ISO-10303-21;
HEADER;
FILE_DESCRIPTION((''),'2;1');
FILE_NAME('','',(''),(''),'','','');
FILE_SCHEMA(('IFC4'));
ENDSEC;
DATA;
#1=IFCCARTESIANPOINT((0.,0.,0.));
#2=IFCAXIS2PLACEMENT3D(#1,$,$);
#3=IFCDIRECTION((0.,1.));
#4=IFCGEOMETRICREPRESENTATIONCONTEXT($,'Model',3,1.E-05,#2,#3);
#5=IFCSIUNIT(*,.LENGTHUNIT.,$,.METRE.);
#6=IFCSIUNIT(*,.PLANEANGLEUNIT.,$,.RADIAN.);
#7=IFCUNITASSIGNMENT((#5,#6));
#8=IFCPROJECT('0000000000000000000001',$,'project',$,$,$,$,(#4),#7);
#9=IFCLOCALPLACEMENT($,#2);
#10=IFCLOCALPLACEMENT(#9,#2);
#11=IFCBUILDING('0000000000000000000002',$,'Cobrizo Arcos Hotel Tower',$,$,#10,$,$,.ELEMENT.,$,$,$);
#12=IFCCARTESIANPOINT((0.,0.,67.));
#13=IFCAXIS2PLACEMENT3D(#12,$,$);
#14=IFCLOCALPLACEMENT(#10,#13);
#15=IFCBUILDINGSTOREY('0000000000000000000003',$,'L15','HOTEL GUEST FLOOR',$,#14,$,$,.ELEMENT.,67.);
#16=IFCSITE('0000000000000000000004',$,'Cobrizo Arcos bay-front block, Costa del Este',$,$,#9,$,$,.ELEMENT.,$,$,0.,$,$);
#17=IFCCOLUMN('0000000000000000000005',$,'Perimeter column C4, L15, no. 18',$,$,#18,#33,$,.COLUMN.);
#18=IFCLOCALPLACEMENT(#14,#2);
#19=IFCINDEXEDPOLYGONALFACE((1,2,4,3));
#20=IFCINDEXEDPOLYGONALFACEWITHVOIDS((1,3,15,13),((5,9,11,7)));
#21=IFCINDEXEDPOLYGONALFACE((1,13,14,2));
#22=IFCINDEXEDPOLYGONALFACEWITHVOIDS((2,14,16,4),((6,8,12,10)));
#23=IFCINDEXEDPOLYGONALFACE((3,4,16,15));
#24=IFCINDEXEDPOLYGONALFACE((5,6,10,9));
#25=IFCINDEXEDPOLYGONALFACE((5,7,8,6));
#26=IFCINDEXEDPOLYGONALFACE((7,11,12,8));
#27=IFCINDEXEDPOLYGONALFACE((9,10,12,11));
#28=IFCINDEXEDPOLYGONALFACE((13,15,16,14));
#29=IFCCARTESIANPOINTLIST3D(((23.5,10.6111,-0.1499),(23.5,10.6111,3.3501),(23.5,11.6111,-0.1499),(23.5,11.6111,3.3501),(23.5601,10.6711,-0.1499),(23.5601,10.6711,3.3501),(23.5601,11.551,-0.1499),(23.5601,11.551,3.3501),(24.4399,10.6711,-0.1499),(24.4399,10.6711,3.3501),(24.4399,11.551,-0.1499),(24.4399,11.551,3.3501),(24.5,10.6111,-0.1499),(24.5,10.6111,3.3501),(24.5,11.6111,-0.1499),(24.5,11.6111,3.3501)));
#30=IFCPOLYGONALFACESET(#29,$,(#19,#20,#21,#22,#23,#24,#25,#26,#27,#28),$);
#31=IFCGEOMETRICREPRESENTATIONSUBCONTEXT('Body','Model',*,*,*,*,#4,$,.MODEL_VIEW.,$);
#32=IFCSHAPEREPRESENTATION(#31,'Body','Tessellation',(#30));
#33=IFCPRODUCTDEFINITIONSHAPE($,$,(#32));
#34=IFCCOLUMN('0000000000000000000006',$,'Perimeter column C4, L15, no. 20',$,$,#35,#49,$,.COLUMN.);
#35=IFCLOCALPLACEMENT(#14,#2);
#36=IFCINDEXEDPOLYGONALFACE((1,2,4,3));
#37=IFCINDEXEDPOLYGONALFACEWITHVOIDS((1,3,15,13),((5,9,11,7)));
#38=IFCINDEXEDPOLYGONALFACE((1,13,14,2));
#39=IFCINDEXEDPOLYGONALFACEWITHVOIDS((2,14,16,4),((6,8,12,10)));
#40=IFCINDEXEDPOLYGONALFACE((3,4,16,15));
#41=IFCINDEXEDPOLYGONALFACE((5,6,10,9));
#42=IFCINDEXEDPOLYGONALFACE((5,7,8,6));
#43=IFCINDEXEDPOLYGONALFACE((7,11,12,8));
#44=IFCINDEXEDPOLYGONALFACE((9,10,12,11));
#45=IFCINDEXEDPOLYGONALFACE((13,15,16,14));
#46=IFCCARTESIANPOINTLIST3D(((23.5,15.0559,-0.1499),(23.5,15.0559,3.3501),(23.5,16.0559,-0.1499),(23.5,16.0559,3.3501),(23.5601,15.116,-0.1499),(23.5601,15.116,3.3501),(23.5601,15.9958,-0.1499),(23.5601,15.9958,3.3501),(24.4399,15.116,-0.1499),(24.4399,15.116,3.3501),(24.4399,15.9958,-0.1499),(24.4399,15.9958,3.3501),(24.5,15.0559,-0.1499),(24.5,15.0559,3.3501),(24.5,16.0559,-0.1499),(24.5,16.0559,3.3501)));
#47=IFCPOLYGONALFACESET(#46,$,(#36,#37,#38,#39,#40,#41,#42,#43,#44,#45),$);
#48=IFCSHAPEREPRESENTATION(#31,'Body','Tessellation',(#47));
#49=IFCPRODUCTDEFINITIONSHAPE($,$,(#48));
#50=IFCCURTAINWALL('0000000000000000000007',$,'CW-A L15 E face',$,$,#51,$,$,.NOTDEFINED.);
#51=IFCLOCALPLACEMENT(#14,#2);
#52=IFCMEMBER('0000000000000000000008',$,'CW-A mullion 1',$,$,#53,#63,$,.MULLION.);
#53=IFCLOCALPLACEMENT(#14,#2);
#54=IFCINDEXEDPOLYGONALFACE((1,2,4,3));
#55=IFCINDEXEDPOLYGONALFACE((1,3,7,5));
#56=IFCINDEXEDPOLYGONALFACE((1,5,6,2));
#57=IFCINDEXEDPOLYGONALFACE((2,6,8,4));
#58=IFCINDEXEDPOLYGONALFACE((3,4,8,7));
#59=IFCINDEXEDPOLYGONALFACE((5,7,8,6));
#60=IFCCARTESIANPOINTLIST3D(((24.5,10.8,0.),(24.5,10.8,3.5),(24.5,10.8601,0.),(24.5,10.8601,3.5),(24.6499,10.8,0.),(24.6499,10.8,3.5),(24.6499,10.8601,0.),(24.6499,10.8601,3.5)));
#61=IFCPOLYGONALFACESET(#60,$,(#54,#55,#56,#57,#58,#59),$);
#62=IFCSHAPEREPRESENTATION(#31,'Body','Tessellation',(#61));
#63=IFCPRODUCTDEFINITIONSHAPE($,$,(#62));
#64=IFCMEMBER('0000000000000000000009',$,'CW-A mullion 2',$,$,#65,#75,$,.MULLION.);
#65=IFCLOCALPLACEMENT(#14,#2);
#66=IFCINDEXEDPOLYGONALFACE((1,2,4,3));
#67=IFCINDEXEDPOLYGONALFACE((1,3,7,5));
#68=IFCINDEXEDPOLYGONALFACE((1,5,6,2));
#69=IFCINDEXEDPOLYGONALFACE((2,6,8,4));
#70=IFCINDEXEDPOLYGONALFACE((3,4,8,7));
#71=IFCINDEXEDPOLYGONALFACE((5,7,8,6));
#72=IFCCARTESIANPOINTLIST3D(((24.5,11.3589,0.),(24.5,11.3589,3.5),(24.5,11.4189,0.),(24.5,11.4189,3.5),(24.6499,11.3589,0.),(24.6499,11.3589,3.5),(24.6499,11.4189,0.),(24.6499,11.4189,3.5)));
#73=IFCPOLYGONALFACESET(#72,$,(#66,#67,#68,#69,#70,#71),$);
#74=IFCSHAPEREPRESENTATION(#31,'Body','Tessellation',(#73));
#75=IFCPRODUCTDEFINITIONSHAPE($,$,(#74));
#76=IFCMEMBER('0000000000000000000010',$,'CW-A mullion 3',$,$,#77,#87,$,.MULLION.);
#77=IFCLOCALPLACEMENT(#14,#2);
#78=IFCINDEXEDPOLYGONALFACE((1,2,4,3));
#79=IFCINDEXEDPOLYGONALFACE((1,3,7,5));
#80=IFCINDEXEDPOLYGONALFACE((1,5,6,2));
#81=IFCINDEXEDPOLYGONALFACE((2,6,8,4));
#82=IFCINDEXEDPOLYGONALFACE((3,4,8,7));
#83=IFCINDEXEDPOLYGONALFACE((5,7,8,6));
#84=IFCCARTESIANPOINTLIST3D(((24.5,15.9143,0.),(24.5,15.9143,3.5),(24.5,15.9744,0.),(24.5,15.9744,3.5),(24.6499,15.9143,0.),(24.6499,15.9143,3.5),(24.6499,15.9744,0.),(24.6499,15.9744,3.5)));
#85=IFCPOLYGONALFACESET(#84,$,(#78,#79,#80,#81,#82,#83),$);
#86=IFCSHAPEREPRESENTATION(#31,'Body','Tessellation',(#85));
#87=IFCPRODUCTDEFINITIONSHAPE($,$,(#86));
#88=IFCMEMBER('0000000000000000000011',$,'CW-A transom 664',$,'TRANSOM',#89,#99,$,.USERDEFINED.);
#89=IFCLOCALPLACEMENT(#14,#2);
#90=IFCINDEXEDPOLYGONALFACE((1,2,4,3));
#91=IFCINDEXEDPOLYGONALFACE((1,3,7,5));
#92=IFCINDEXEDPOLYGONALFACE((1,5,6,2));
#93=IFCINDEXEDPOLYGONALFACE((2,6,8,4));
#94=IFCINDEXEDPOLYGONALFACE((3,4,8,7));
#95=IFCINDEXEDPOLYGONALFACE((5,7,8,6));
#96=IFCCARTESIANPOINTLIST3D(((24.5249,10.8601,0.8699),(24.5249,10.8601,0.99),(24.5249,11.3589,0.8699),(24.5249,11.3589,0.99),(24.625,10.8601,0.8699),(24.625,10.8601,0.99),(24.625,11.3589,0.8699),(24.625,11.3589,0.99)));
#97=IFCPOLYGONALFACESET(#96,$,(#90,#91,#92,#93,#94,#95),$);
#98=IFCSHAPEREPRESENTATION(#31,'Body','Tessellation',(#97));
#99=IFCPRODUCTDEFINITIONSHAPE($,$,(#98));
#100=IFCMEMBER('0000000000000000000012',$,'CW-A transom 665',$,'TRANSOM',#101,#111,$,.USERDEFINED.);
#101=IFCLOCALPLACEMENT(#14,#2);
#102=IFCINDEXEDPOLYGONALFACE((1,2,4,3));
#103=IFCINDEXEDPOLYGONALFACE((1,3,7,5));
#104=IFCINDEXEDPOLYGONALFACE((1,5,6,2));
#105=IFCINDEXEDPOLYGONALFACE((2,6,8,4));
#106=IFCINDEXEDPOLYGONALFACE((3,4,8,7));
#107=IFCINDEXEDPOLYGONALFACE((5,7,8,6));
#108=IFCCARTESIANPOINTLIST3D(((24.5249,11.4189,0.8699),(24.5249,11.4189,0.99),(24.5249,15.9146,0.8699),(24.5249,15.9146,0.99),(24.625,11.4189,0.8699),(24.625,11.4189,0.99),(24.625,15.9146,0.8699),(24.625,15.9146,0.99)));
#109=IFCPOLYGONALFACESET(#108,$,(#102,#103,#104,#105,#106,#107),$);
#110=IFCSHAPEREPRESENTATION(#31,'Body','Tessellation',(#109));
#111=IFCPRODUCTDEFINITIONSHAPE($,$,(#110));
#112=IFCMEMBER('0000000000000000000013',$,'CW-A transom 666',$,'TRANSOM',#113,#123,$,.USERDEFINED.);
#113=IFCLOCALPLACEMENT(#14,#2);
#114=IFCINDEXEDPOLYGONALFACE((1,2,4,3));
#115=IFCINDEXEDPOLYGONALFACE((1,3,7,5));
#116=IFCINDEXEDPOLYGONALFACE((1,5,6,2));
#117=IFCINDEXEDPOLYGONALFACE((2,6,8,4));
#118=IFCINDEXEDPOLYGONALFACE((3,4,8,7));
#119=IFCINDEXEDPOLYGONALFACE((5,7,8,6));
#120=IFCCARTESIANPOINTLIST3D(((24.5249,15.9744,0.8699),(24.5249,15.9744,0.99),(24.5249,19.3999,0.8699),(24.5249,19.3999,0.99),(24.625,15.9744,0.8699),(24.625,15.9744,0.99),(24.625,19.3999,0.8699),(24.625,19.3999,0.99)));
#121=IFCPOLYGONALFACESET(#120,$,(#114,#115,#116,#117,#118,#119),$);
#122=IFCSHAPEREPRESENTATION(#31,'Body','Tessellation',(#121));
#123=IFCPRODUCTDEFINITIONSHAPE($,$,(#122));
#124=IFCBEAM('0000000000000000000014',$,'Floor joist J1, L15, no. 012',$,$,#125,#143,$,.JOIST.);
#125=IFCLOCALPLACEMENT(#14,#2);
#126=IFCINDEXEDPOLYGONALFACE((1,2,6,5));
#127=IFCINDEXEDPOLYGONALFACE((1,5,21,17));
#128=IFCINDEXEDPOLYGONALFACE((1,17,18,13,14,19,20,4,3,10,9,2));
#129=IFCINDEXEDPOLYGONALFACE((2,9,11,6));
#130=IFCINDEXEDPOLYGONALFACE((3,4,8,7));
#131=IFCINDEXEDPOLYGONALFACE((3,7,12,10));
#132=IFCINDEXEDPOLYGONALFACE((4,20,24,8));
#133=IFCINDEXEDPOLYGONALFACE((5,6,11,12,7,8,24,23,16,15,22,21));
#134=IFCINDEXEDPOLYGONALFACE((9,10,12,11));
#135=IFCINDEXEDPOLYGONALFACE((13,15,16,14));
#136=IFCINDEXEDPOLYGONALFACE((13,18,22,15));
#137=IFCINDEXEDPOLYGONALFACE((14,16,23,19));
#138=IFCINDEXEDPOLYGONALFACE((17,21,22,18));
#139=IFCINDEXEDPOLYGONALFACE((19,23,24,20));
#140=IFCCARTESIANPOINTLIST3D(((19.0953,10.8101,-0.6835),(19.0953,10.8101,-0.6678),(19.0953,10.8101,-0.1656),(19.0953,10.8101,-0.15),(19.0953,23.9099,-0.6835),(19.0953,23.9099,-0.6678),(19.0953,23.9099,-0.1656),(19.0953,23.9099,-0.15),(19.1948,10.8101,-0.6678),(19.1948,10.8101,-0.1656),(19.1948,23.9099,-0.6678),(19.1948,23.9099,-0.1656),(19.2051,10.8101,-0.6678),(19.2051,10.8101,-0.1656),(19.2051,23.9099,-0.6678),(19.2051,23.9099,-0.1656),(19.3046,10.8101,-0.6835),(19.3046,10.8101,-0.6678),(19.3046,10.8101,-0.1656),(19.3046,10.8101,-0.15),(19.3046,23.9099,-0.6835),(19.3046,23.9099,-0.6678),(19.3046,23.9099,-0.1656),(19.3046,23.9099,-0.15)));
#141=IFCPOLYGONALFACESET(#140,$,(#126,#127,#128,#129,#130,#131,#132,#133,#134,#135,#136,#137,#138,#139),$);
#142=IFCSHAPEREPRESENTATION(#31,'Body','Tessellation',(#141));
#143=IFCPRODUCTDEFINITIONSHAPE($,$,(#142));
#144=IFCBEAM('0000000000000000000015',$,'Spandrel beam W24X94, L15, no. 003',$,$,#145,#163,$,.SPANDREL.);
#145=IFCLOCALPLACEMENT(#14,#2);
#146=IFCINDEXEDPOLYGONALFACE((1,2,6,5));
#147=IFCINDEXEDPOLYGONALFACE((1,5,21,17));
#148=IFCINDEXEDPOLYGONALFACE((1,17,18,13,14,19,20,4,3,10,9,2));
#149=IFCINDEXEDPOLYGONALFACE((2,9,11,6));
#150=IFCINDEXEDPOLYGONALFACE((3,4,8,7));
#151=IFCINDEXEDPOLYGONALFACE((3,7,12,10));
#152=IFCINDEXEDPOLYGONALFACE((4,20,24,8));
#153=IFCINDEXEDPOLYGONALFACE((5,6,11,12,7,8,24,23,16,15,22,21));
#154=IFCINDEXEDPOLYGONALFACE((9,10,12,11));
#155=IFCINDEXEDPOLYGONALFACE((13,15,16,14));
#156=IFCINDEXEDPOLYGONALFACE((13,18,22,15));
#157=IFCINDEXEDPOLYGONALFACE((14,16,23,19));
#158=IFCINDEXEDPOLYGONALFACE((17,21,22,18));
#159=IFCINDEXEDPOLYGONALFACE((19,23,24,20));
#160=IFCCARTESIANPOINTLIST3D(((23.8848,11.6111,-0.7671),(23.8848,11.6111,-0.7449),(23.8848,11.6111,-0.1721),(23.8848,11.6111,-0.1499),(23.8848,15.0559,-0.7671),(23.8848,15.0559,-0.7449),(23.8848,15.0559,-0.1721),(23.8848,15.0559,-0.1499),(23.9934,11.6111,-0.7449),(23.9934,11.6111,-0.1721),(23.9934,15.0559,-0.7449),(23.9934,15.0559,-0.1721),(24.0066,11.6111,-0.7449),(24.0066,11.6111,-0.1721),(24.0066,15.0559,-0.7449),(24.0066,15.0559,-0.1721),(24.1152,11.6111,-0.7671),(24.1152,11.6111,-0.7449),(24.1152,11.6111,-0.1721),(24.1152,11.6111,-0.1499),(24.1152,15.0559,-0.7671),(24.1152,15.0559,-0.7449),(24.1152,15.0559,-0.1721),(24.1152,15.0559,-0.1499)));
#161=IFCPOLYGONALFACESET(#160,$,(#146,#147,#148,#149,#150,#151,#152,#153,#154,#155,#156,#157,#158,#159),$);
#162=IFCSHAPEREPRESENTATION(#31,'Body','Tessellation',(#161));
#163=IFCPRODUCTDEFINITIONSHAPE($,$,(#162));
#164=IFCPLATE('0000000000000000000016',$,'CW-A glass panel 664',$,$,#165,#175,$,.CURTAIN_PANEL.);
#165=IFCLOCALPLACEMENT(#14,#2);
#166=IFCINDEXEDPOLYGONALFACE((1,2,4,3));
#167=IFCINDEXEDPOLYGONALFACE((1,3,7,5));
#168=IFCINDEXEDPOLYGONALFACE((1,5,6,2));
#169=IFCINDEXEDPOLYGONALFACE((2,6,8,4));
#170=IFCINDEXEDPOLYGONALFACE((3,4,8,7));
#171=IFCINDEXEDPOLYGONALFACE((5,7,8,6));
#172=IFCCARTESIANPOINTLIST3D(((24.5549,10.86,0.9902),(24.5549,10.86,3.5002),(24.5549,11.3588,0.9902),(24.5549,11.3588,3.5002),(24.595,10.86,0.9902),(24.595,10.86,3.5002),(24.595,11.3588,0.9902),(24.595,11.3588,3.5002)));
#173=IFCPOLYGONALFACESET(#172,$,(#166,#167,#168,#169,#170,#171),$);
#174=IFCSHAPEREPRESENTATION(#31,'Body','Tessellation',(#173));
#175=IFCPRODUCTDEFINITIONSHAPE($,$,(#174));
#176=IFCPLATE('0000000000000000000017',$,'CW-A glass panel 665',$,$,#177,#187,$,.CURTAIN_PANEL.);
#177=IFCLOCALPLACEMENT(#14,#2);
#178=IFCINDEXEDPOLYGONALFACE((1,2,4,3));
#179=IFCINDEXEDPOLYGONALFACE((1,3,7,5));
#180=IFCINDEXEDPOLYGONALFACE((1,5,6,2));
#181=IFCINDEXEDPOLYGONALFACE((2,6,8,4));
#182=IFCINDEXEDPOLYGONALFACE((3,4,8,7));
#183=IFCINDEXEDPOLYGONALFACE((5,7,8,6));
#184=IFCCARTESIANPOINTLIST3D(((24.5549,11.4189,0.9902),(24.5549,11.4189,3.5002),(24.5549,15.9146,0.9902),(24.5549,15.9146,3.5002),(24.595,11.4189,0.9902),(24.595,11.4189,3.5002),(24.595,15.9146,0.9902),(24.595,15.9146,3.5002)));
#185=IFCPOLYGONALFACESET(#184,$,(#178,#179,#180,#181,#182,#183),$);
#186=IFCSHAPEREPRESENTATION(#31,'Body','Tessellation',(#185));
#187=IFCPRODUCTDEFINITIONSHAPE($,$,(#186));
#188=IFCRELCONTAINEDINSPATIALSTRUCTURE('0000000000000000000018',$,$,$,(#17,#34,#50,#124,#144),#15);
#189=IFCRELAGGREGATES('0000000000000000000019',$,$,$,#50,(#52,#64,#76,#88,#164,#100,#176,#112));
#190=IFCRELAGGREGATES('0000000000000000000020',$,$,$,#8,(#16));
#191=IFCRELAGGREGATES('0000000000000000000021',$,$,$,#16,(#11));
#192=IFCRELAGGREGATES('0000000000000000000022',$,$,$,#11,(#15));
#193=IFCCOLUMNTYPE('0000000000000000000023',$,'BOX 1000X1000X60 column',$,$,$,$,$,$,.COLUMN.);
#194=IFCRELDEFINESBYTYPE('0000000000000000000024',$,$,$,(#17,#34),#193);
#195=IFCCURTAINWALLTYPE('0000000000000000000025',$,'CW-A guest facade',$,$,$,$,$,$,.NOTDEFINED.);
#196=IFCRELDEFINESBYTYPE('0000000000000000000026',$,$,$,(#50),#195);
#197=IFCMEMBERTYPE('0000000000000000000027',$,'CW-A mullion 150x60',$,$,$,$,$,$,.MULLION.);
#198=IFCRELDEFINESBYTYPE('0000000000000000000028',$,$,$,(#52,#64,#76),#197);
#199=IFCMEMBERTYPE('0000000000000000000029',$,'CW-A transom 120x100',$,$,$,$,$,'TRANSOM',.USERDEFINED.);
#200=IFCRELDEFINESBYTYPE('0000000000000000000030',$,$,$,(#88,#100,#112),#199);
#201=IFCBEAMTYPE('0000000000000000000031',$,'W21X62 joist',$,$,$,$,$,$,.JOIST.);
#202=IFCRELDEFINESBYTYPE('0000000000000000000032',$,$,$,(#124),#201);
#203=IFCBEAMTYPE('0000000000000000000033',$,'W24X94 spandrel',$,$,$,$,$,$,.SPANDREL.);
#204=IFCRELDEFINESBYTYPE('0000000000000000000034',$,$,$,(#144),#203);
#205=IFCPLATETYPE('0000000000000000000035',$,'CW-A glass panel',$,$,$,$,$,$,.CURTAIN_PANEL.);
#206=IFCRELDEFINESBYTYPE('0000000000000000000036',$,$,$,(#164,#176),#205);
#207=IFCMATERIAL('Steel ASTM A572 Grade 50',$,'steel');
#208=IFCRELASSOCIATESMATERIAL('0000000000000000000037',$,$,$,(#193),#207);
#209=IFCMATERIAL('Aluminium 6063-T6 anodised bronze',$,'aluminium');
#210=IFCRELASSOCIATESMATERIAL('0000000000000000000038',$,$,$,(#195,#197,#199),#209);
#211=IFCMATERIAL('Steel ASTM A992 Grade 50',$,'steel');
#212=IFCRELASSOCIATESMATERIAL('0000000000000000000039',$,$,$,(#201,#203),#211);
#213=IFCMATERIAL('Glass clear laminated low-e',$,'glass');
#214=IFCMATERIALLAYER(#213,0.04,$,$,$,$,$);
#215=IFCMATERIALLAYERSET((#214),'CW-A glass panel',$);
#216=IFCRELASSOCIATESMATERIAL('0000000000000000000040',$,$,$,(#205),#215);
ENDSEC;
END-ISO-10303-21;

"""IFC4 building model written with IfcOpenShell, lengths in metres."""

from ifc_helpers import new_model, si_unit, direction, frame, origin, origin_2d, place, context, subcontext, project, spatial, rectangle, hollow_rectangle, i_section, extrude, material, layer, layer_set, material_profile, profile_set, type_object, element, aggregate, save


model = new_model("IFC4")

# Units and contexts
model_context = context("Model", 3, precision=1e-05, world=origin(), true_north=direction((0.0, 1.0)))
body_context = subcontext(model_context, "Body", "Model", "MODEL_VIEW")
ifc_project = project(units=[si_unit("LENGTHUNIT", "METRE"), si_unit("PLANEANGLEUNIT", "RADIAN")], contexts=[model_context])

# Site, building, storey
site_placement = place(None, origin())
site = spatial("IfcSite", under=ifc_project, at=site_placement, Name="Cobrizo Arcos bay-front block, Costa del Este", CompositionType="ELEMENT", RefElevation=0.0)
building_placement = place(site_placement, origin())
building = spatial("IfcBuilding", under=site, at=building_placement, Name="Cobrizo Arcos Hotel Tower", CompositionType="ELEMENT")
storey_placement = place(building_placement, frame((0.0, 0.0, 67.0)))
storey = spatial("IfcBuildingStorey", under=building, at=storey_placement, Name="L15", Description="HOTEL GUEST FLOOR", CompositionType="ELEMENT", Elevation=67.0)

# Columns
ifc_material_1 = material(Name="Steel ASTM A572 Grade 50", Category="steel")
ifc_material_profile_1 = material_profile(ifc_material_1, hollow_rectangle(XDim=1.0, YDim=1.0, WallThickness=0.0601, at=origin_2d()), Name="BOX 1000X1000X60")
ifc_profile_set_1 = profile_set([ifc_material_profile_1], Name="Steel ASTM A572 Grade 50")
column_type = type_object("IfcColumnType", Name="BOX 1000X1000X60 column", PredefinedType="COLUMN", material=ifc_profile_set_1)
for number, where, z_axis, x_axis, name in (
    (1, (24.0, 11.1111, -0.1499), (0.0, 0.0, 1.0), (1.0, 0.0, 0.0), "Perimeter column C4, L15, no. 18"),
    (2, (24.0, 15.5559, -0.1499), (0.0, 0.0, 1.0), (1.0, 0.0, 0.0), "Perimeter column C4, L15, no. 20"),
):
    element("IfcColumn", number, at=place(storey_placement, frame(where, z_axis=z_axis, x_axis=x_axis)), inside=storey, type_object=column_type, Name=name, PredefinedType="COLUMN", context=body_context, shape_type="SweptSolid", body=[
        extrude(hollow_rectangle(XDim=1.0, YDim=1.0, WallThickness=0.0601, at=origin_2d()), origin(), (0.0, 0.0, 1.0), 3.5),
    ])

# Curtain wall, members
ifc_material_2 = material(Name="Aluminium 6063-T6 anodised bronze", Category="aluminium")
curtain_wall_type = type_object("IfcCurtainWallType", Name="CW-A guest facade", PredefinedType="NOTDEFINED", material=ifc_material_2)
curtain_wall_placement = place(storey_placement, origin())
curtain_wall = element("IfcCurtainWall", 3, at=curtain_wall_placement, inside=storey, type_object=curtain_wall_type, Name="CW-A L15 E face", PredefinedType="NOTDEFINED")
ifc_material_profile_2 = material_profile(ifc_material_2, rectangle(XDim=0.1499, YDim=0.0601, at=origin_2d()), Name="CW-A mullion 150x60")
ifc_profile_set_2 = profile_set([ifc_material_profile_2], Name="Aluminium 6063-T6 anodised bronze")
member_type_1 = type_object("IfcMemberType", Name="CW-A mullion 150x60", PredefinedType="MULLION", material=ifc_profile_set_2)
member_1_placement = place(storey_placement, frame((24.575, 10.8301, 0.0), z_axis=(0.0, 0.0, 1.0), x_axis=(1.0, 0.0, 0.0)))
member_1 = element("IfcMember", 4, at=member_1_placement, type_object=member_type_1, Name="CW-A mullion 1", PredefinedType="MULLION", context=body_context, shape_type="SweptSolid", body=[
    extrude(rectangle(XDim=0.1499, YDim=0.0601, at=origin_2d()), origin(), (0.0, 0.0, 1.0), 3.5),
])
member_2_placement = place(storey_placement, frame((24.575, 11.3889, 0.0), z_axis=(0.0, 0.0, 1.0), x_axis=(1.0, 0.0, 0.0)))
member_2 = element("IfcMember", 5, at=member_2_placement, type_object=member_type_1, Name="CW-A mullion 2", PredefinedType="MULLION", context=body_context, shape_type="SweptSolid", body=[
    extrude(rectangle(XDim=0.1499, YDim=0.0601, at=origin_2d()), origin(), (0.0, 0.0, 1.0), 3.5),
])
member_3_placement = place(storey_placement, frame((24.575, 15.9443, 0.0), z_axis=(0.0, 0.0, 1.0), x_axis=(1.0, 0.0, 0.0)))
member_3 = element("IfcMember", 6, at=member_3_placement, type_object=member_type_1, Name="CW-A mullion 3", PredefinedType="MULLION", context=body_context, shape_type="SweptSolid", body=[
    extrude(rectangle(XDim=0.1499, YDim=0.0601, at=origin_2d()), origin(), (0.0, 0.0, 1.0), 3.5),
])
ifc_material_profile_3 = material_profile(ifc_material_2, rectangle(XDim=0.1001, YDim=0.1201, at=origin_2d()), Name="CW-A transom 120x100")
ifc_profile_set_3 = profile_set([ifc_material_profile_3], Name="Aluminium 6063-T6 anodised bronze")
member_type_2 = type_object("IfcMemberType", Name="CW-A transom 120x100", ElementType="TRANSOM", PredefinedType="USERDEFINED", material=ifc_profile_set_3)
member_4_placement = place(storey_placement, frame((24.575, 10.8601, 0.9299), z_axis=(0.0, 1.0, 0.0), x_axis=(-1.0, 0.0, 0.0)))
member_4 = element("IfcMember", 7, at=member_4_placement, type_object=member_type_2, Name="CW-A transom 664", ObjectType="TRANSOM", PredefinedType="USERDEFINED", context=body_context, shape_type="SweptSolid", body=[
    extrude(rectangle(XDim=0.1001, YDim=0.1201, at=origin_2d()), origin(), (0.0, 0.0, 1.0), 0.4988),
])
member_5_placement = place(storey_placement, frame((24.575, 11.4189, 0.9299), z_axis=(0.0, 1.0, 0.0), x_axis=(-1.0, 0.0, 0.0)))
member_5 = element("IfcMember", 8, at=member_5_placement, type_object=member_type_2, Name="CW-A transom 665", ObjectType="TRANSOM", PredefinedType="USERDEFINED", context=body_context, shape_type="SweptSolid", body=[
    extrude(rectangle(XDim=0.1001, YDim=0.1201, at=origin_2d()), origin(), (0.0, 0.0, 1.0), 4.4956),
])
member_6_placement = place(storey_placement, frame((24.575, 15.9744, 0.9299), z_axis=(0.0, 1.0, 0.0), x_axis=(-1.0, 0.0, 0.0)))
member_6 = element("IfcMember", 9, at=member_6_placement, type_object=member_type_2, Name="CW-A transom 666", ObjectType="TRANSOM", PredefinedType="USERDEFINED", context=body_context, shape_type="SweptSolid", body=[
    extrude(rectangle(XDim=0.1001, YDim=0.1201, at=origin_2d()), origin(), (0.0, 0.0, 1.0), 3.4255),
])

# Beams
ifc_material_3 = material(Name="Steel ASTM A992 Grade 50", Category="steel")
ifc_material_profile_4 = material_profile(ifc_material_3, i_section(OverallWidth=0.2092, OverallDepth=0.5334, WebThickness=0.0103, FlangeThickness=0.0156, at=origin_2d()), Name="W21X62")
ifc_profile_set_4 = profile_set([ifc_material_profile_4], Name="Steel ASTM A992 Grade 50")
beam_type_1 = type_object("IfcBeamType", Name="W21X62 joist", PredefinedType="JOIST", material=ifc_profile_set_4)
beam_1_placement = place(storey_placement, frame((19.2, 10.8101, -0.4167), z_axis=(0.0, 1.0, 0.0), x_axis=(-1.0, 0.0, 0.0)))
element("IfcBeam", 10, at=beam_1_placement, inside=storey, type_object=beam_type_1, Name="Floor joist J1, L15, no. 012", PredefinedType="JOIST", context=body_context, shape_type="SweptSolid", body=[
    extrude(i_section(OverallWidth=0.2092, OverallDepth=0.5334, WebThickness=0.0103, FlangeThickness=0.0156, at=origin_2d()), origin(), (0.0, 0.0, 1.0), 13.0999),
])
ifc_material_profile_5 = material_profile(ifc_material_3, i_section(OverallWidth=0.2305, OverallDepth=0.6172, WebThickness=0.0132, FlangeThickness=0.0222, at=origin_2d()), Name="W24X94")
ifc_profile_set_5 = profile_set([ifc_material_profile_5], Name="Steel ASTM A992 Grade 50")
beam_type_2 = type_object("IfcBeamType", Name="W24X94 spandrel", PredefinedType="SPANDREL", material=ifc_profile_set_5)
beam_2_placement = place(storey_placement, frame((24.0, 15.0559, -0.4585), z_axis=(0.0, -1.0, 0.0), x_axis=(1.0, 0.0, 0.0)))
element("IfcBeam", 11, at=beam_2_placement, inside=storey, type_object=beam_type_2, Name="Spandrel beam W24X94, L15, no. 003", PredefinedType="SPANDREL", context=body_context, shape_type="SweptSolid", body=[
    extrude(i_section(OverallWidth=0.2305, OverallDepth=0.6172, WebThickness=0.0132, FlangeThickness=0.0222, at=origin_2d()), origin(), (0.0, 0.0, 1.0), 3.4448),
])

# Plates
ifc_material_4 = material(Name="Glass clear laminated low-e", Category="glass")
ifc_layer_1 = layer(ifc_material_4, 0.04)
ifc_layer_set_1 = layer_set([ifc_layer_1], Name="CW-A glass panel")
plate_type_1 = type_object("IfcPlateType", Name="CW-A glass panel", PredefinedType="CURTAIN_PANEL", material=ifc_layer_set_1)
plate_1_placement = place(storey_placement, frame((24.575, 11.1094, 0.9902), z_axis=(0.0, 0.0, 1.0), x_axis=(0.0, 1.0, 0.0)))
plate_1 = element("IfcPlate", 12, at=plate_1_placement, type_object=plate_type_1, Name="CW-A glass panel 664", PredefinedType="CURTAIN_PANEL", context=body_context, shape_type="SweptSolid", body=[
    extrude(rectangle(XDim=0.4988, YDim=0.04, at=origin_2d()), origin(), (0.0, 0.0, 1.0), 2.51),
])
plate_2_placement = place(storey_placement, frame((24.575, 13.6667, 0.9902), z_axis=(0.0, 0.0, 1.0), x_axis=(0.0, 1.0, 0.0)))
plate_2 = element("IfcPlate", 13, at=plate_2_placement, type_object=plate_type_1, Name="CW-A glass panel 665", PredefinedType="CURTAIN_PANEL", context=body_context, shape_type="SweptSolid", body=[
    extrude(rectangle(XDim=4.4956, YDim=0.04, at=origin_2d()), origin(), (0.0, 0.0, 1.0), 2.51),
])
aggregate(curtain_wall, [member_1, member_2, member_3, member_4, plate_1, member_5, plate_2, member_6])

save(model, "model.ifc")
